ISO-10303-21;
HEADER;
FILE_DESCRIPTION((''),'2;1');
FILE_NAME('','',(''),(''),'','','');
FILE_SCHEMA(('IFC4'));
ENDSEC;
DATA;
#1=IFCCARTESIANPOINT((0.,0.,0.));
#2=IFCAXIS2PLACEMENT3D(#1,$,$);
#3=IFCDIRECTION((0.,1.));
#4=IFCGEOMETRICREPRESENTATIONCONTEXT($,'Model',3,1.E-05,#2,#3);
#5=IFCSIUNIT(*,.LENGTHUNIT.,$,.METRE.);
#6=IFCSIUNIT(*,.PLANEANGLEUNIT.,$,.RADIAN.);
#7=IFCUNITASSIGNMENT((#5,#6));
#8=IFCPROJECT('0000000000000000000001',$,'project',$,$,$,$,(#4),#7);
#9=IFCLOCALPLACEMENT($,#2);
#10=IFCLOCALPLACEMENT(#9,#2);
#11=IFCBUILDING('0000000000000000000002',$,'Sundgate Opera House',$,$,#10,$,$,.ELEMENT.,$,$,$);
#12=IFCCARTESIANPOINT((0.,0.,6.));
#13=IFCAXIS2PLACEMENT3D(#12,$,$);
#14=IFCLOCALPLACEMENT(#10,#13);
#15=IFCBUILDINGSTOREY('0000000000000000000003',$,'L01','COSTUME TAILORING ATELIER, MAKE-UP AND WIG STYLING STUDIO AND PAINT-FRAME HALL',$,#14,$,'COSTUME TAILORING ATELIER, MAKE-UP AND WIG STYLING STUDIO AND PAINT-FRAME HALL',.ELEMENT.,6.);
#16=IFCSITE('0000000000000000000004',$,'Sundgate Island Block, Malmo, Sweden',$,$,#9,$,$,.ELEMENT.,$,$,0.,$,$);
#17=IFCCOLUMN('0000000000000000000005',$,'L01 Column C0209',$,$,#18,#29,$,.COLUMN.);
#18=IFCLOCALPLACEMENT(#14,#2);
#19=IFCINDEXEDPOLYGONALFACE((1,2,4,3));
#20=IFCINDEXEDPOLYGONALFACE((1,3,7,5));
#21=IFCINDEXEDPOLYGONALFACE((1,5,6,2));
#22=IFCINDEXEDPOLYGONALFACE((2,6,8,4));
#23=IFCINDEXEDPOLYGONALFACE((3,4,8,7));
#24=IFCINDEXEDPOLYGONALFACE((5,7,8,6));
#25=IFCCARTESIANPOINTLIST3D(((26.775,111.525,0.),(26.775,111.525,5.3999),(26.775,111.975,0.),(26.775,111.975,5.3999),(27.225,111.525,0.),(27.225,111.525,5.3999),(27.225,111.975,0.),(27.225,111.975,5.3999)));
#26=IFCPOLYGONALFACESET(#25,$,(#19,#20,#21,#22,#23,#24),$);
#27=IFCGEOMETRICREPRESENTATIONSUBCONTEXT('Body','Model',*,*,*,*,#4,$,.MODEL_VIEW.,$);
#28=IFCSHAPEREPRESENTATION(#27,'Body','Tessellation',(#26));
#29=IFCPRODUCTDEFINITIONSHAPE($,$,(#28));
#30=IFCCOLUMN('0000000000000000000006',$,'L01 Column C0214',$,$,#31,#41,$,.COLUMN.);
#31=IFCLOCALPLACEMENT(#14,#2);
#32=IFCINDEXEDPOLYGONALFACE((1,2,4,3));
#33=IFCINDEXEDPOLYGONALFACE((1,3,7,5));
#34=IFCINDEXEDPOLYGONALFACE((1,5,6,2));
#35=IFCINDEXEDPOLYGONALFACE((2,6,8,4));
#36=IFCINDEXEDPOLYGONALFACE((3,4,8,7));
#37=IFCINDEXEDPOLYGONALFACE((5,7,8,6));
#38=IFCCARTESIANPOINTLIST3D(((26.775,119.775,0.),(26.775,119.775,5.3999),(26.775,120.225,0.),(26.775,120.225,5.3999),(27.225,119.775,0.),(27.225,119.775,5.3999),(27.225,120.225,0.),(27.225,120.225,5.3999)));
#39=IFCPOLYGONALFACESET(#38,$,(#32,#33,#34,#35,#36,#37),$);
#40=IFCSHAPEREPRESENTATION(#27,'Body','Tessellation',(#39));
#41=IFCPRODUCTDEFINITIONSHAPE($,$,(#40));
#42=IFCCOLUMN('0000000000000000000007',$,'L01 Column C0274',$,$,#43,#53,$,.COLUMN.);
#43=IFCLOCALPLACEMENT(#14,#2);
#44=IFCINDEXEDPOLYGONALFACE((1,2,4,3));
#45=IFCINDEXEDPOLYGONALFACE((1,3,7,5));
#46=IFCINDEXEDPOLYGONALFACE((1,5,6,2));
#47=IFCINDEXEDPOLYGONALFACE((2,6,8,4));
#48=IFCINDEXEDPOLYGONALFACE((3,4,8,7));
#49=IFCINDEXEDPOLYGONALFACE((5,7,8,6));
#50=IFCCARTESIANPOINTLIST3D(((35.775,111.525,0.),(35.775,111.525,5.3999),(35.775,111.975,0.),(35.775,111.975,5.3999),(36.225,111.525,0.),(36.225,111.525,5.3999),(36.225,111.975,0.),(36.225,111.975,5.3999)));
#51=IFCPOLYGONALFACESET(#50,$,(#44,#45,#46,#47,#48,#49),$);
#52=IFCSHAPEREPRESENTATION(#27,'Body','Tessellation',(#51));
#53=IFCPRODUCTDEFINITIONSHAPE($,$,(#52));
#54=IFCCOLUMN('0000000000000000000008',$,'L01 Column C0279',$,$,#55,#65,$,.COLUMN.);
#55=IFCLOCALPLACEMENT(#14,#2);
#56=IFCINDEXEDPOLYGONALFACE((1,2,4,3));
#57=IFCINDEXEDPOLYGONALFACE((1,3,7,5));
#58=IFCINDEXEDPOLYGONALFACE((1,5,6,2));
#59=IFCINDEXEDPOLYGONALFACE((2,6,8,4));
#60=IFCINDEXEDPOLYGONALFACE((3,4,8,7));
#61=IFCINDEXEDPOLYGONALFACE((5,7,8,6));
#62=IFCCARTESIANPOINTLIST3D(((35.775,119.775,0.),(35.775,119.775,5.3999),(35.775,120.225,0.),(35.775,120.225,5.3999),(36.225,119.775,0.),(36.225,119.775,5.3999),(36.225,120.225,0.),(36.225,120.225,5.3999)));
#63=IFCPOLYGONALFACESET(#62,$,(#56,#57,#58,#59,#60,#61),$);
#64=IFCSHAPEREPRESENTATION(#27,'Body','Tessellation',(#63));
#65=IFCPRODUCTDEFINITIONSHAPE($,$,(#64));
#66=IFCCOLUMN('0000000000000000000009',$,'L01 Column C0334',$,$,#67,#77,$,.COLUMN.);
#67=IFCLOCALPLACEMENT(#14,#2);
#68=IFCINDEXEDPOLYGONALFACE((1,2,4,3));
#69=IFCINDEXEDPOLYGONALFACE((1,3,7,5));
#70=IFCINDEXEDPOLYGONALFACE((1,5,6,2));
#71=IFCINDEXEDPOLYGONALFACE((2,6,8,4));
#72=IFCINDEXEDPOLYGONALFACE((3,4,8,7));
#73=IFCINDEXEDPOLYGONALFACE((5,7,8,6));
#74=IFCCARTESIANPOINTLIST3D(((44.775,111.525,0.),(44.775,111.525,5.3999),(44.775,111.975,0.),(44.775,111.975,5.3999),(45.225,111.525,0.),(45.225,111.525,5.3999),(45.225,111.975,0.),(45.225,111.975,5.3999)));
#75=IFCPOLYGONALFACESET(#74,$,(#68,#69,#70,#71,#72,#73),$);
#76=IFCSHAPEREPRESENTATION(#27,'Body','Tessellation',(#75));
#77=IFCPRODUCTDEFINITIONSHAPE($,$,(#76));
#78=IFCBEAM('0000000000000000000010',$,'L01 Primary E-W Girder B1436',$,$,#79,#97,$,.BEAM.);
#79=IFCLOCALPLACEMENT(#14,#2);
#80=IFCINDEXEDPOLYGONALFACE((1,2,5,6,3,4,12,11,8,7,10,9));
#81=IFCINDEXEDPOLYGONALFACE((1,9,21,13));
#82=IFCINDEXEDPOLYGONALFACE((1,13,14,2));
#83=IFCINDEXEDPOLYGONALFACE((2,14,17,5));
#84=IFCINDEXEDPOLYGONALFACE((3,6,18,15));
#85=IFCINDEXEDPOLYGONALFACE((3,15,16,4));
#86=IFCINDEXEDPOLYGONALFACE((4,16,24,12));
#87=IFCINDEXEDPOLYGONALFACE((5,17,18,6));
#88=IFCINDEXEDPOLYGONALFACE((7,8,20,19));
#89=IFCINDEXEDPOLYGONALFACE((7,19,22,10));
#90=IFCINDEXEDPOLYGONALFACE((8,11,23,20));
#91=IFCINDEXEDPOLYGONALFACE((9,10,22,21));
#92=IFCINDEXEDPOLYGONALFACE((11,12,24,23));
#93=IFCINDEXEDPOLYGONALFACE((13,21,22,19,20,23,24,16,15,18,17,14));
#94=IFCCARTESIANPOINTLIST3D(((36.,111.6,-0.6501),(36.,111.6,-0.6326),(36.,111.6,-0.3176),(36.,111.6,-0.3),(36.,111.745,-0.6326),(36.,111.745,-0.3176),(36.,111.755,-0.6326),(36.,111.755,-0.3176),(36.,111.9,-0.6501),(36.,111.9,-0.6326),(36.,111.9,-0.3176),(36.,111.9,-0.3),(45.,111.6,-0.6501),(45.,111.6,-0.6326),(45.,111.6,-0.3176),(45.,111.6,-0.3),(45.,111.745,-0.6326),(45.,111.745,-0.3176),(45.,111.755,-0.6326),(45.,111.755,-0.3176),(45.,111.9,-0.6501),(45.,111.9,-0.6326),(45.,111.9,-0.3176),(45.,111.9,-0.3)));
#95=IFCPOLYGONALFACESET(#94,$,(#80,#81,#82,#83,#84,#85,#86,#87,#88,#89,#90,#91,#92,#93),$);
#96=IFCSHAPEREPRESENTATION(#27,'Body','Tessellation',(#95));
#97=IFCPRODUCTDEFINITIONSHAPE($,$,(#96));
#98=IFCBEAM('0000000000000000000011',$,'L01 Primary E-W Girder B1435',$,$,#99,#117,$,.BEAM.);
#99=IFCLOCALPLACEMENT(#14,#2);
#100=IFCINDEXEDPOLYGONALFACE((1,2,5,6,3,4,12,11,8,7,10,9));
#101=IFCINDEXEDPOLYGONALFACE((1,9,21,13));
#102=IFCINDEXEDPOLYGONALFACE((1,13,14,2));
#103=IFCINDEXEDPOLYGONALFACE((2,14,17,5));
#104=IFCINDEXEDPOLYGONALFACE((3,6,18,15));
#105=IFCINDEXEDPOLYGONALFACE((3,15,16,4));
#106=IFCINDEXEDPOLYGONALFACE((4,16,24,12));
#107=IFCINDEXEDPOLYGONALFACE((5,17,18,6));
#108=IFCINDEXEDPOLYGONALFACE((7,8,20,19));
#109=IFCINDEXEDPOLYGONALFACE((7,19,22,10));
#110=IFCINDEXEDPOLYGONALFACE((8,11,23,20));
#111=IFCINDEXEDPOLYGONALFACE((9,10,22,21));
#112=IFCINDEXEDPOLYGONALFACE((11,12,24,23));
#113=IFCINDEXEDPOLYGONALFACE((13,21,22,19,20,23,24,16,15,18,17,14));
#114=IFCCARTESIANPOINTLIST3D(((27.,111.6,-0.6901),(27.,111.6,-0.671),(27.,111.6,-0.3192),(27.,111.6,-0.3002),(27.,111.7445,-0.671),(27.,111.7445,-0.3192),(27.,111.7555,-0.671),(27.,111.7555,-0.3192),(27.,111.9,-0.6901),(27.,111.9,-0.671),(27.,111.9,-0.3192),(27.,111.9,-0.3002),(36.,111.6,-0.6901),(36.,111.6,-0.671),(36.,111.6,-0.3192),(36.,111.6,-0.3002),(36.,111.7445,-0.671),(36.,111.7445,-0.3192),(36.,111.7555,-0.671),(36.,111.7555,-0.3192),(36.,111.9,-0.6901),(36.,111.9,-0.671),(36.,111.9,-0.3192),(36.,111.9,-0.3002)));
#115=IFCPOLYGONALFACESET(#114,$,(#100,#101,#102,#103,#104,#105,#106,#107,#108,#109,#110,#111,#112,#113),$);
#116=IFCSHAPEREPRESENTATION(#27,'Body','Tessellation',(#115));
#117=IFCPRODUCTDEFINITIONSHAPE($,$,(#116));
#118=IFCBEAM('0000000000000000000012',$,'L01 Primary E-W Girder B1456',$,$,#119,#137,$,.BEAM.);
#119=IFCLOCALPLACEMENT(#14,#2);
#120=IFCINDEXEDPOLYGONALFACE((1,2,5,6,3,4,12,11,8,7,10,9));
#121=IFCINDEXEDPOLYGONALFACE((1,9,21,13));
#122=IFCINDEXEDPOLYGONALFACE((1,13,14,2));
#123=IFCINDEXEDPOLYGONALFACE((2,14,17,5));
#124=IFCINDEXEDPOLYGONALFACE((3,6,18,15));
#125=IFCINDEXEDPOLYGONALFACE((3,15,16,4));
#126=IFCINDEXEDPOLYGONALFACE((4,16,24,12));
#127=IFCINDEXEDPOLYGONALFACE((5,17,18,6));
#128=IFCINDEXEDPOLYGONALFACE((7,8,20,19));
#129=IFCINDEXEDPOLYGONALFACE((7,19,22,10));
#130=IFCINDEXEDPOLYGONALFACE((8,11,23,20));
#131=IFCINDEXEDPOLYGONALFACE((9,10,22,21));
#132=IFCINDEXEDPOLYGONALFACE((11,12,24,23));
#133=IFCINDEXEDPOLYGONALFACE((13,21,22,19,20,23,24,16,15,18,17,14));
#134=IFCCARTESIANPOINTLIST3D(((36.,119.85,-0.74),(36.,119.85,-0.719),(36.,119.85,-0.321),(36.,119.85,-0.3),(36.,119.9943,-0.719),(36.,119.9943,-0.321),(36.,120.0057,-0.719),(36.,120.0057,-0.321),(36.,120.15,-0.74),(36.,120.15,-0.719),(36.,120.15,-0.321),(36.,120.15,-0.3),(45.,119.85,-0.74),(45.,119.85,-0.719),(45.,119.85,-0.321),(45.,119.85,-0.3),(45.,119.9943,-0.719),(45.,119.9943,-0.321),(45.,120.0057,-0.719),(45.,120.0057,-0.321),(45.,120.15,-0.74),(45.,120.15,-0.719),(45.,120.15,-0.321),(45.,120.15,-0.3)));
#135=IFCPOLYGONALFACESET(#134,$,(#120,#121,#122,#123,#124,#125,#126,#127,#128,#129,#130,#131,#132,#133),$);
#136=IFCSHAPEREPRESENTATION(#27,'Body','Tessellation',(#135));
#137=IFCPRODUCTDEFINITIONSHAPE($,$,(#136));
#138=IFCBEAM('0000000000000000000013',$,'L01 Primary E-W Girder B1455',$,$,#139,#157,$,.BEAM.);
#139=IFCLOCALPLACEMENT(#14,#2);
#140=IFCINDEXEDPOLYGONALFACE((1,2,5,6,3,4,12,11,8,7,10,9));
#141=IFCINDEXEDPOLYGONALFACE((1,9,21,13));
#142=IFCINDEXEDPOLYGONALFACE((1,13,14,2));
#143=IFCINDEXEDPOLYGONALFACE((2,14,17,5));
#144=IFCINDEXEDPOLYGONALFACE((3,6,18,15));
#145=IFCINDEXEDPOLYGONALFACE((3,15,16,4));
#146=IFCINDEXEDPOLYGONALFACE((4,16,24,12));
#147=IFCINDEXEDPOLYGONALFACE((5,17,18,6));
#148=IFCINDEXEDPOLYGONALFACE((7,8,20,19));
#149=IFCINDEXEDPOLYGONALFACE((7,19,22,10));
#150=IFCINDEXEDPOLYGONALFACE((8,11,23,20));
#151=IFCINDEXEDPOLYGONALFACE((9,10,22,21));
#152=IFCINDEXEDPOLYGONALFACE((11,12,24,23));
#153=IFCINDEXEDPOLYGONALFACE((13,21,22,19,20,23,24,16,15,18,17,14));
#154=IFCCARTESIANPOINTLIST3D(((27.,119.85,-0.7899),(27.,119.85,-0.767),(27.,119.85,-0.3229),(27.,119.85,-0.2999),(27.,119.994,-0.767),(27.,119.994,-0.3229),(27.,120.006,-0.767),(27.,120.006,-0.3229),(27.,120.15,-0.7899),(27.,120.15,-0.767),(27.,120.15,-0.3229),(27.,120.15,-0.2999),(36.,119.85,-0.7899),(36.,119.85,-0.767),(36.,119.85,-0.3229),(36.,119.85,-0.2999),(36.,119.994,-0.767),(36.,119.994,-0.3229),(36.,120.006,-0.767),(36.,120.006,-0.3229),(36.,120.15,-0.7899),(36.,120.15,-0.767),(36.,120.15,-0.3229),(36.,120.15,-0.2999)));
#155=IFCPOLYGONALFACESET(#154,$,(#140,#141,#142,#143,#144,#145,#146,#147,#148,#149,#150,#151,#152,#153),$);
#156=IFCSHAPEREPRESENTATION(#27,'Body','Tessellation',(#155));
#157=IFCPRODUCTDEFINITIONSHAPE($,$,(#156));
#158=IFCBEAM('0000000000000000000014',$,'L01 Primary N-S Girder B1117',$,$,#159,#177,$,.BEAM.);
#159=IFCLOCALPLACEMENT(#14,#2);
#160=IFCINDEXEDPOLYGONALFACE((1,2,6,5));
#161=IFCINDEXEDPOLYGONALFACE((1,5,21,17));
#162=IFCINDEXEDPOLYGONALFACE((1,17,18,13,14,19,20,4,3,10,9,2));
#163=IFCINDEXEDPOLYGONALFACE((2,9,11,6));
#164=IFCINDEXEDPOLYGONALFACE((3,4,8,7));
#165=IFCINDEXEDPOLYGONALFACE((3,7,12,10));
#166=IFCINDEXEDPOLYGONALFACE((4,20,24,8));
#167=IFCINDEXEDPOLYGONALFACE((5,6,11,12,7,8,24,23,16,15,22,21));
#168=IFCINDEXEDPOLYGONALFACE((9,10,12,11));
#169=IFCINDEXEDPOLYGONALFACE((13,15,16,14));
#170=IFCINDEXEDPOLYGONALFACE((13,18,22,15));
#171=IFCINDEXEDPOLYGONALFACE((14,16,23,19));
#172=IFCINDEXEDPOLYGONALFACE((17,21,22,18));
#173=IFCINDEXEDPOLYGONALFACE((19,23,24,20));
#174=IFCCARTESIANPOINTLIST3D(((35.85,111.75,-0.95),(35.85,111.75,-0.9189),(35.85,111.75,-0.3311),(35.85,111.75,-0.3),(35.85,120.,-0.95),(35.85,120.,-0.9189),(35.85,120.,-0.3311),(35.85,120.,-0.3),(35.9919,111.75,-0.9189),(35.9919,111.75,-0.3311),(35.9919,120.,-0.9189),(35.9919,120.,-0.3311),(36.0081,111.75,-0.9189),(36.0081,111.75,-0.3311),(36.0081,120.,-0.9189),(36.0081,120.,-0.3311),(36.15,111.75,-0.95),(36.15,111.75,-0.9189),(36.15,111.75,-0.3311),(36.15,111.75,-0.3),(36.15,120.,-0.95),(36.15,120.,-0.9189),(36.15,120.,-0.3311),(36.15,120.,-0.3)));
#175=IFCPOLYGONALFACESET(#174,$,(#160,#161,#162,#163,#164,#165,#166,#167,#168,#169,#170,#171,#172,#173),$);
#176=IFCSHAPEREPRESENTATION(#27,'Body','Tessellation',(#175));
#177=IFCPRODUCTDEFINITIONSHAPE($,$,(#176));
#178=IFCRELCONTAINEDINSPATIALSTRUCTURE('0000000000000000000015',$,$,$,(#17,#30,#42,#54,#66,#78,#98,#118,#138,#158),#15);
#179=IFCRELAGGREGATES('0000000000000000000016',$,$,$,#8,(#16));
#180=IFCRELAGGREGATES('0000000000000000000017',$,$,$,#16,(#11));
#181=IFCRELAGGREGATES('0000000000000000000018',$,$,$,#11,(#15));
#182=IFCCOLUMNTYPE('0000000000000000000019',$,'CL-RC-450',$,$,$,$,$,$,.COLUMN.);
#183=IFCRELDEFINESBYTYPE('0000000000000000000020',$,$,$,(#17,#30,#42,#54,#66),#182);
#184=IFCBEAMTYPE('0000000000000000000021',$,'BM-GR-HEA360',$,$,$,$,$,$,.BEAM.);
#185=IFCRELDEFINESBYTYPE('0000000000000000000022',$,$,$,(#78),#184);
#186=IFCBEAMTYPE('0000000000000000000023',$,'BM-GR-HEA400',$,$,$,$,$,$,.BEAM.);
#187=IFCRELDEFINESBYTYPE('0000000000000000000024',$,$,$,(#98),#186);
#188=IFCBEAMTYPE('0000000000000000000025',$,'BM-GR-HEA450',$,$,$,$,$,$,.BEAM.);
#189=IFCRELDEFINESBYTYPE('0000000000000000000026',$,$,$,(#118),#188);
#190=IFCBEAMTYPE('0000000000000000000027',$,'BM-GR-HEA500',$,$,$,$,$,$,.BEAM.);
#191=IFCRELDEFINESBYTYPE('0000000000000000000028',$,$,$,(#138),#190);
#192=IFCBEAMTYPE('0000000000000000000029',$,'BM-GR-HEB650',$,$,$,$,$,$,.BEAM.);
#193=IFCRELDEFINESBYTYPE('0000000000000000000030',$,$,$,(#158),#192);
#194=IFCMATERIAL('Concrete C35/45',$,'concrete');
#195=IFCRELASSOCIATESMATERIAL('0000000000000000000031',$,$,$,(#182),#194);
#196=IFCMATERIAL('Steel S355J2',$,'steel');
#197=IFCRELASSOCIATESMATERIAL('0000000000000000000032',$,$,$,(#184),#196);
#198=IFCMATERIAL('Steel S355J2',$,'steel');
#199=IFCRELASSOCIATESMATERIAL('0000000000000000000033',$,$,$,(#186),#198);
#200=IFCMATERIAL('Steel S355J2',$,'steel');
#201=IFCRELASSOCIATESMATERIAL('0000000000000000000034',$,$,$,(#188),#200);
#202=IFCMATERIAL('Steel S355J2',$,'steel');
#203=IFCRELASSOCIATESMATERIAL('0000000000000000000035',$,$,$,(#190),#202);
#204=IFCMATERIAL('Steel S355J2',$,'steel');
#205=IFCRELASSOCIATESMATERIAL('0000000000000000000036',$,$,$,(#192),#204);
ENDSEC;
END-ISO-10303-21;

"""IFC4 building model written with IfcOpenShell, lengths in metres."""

from ifc_helpers import new_model, si_unit, direction, frame, origin, origin_2d, place, context, subcontext, project, spatial, rectangle, i_section, extrude, material, material_profile, profile_set, type_object, element, save


model = new_model("IFC4")

# Units and contexts
model_context = context("Model", 3, precision=1e-05, world=origin(), true_north=direction((0.0, 1.0)))
body_context = subcontext(model_context, "Body", "Model", "MODEL_VIEW")
ifc_project = project(units=[si_unit("LENGTHUNIT", "METRE"), si_unit("PLANEANGLEUNIT", "RADIAN")], contexts=[model_context])

# Site, building, storey
site_placement = place(None, origin())
site = spatial("IfcSite", under=ifc_project, at=site_placement, Name="Sundgate Island Block, Malmo, Sweden", CompositionType="ELEMENT", RefElevation=0.0)
building_placement = place(site_placement, origin())
building = spatial("IfcBuilding", under=site, at=building_placement, Name="Sundgate Opera House", CompositionType="ELEMENT")
storey_placement = place(building_placement, frame((0.0, 0.0, 6.0)))
storey = spatial("IfcBuildingStorey", under=building, at=storey_placement, Name="L01", Description="COSTUME TAILORING ATELIER, MAKE-UP AND WIG STYLING STUDIO AND PAINT-FRAME HALL", LongName="COSTUME TAILORING ATELIER, MAKE-UP AND WIG STYLING STUDIO AND PAINT-FRAME HALL", CompositionType="ELEMENT", Elevation=6.0)

# Columns
ifc_material_1 = material(Name="Concrete C35/45", Category="concrete")
ifc_material_profile_1 = material_profile(ifc_material_1, rectangle(XDim=0.45, YDim=0.45, at=origin_2d()), Name="RC 450x450")
ifc_profile_set_1 = profile_set([ifc_material_profile_1], Name="Concrete C35/45")
column_type = type_object("IfcColumnType", Name="CL-RC-450", PredefinedType="COLUMN", material=ifc_profile_set_1)
for number, where, z_axis, x_axis, name in (
    (1, (27.0, 111.75, 0.0), (0.0, 0.0, 1.0), (1.0, 0.0, 0.0), "L01 Column C0209"),
    (2, (27.0, 120.0, 0.0), (0.0, 0.0, 1.0), (1.0, 0.0, 0.0), "L01 Column C0214"),
    (3, (36.0, 111.75, 0.0), (0.0, 0.0, 1.0), (1.0, 0.0, 0.0), "L01 Column C0274"),
    (4, (36.0, 120.0, 0.0), (0.0, 0.0, 1.0), (1.0, 0.0, 0.0), "L01 Column C0279"),
    (5, (45.0, 111.75, 0.0), (0.0, 0.0, 1.0), (1.0, 0.0, 0.0), "L01 Column C0334"),
):
    element("IfcColumn", number, at=place(storey_placement, frame(where, z_axis=z_axis, x_axis=x_axis)), inside=storey, type_object=column_type, Name=name, PredefinedType="COLUMN", context=body_context, shape_type="SweptSolid", body=[
        extrude(rectangle(XDim=0.45, YDim=0.45, at=origin_2d()), origin(), (0.0, 0.0, 1.0), 5.3999),
    ])

# Beams
ifc_material_2 = material(Name="Steel S355J2", Category="steel")
ifc_material_profile_2 = material_profile(ifc_material_2, i_section(OverallWidth=0.3, OverallDepth=0.3501, WebThickness=0.01, FlangeThickness=0.0176, at=origin_2d()), Name="HEA 360")
ifc_profile_set_2 = profile_set([ifc_material_profile_2], Name="Steel S355J2")
beam_type_1 = type_object("IfcBeamType", Name="BM-GR-HEA360", PredefinedType="BEAM", material=ifc_profile_set_2)
beam_1_placement = place(storey_placement, frame((36.0, 111.75, -0.4751), z_axis=(1.0, 0.0, 0.0), x_axis=(0.0, 1.0, 0.0)))
element("IfcBeam", 6, at=beam_1_placement, inside=storey, type_object=beam_type_1, Name="L01 Primary E-W Girder B1436", PredefinedType="BEAM", context=body_context, shape_type="SweptSolid", body=[
    extrude(i_section(OverallWidth=0.3, OverallDepth=0.3501, WebThickness=0.01, FlangeThickness=0.0176, at=origin_2d()), origin(), (0.0, 0.0, 1.0), 9.0),
])
ifc_material_3 = material(Name="Steel S355J2", Category="steel")
ifc_material_profile_3 = material_profile(ifc_material_3, i_section(OverallWidth=0.3, OverallDepth=0.3899, WebThickness=0.011, FlangeThickness=0.019, at=origin_2d()), Name="HEA 400")
ifc_profile_set_3 = profile_set([ifc_material_profile_3], Name="Steel S355J2")
beam_type_2 = type_object("IfcBeamType", Name="BM-GR-HEA400", PredefinedType="BEAM", material=ifc_profile_set_3)
beam_2_placement = place(storey_placement, frame((27.0, 111.75, -0.4951), z_axis=(1.0, 0.0, 0.0), x_axis=(0.0, 1.0, 0.0)))
element("IfcBeam", 7, at=beam_2_placement, inside=storey, type_object=beam_type_2, Name="L01 Primary E-W Girder B1435", PredefinedType="BEAM", context=body_context, shape_type="SweptSolid", body=[
    extrude(i_section(OverallWidth=0.3, OverallDepth=0.3899, WebThickness=0.011, FlangeThickness=0.019, at=origin_2d()), origin(), (0.0, 0.0, 1.0), 9.0),
])
ifc_material_4 = material(Name="Steel S355J2", Category="steel")
ifc_material_profile_4 = material_profile(ifc_material_4, i_section(OverallWidth=0.3, OverallDepth=0.4399, WebThickness=0.0115, FlangeThickness=0.021, at=origin_2d()), Name="HEA 450")
ifc_profile_set_4 = profile_set([ifc_material_profile_4], Name="Steel S355J2")
beam_type_3 = type_object("IfcBeamType", Name="BM-GR-HEA450", PredefinedType="BEAM", material=ifc_profile_set_4)
beam_3_placement = place(storey_placement, frame((36.0, 120.0, -0.52), z_axis=(1.0, 0.0, 0.0), x_axis=(0.0, 1.0, 0.0)))
element("IfcBeam", 8, at=beam_3_placement, inside=storey, type_object=beam_type_3, Name="L01 Primary E-W Girder B1456", PredefinedType="BEAM", context=body_context, shape_type="SweptSolid", body=[
    extrude(i_section(OverallWidth=0.3, OverallDepth=0.4399, WebThickness=0.0115, FlangeThickness=0.021, at=origin_2d()), origin(), (0.0, 0.0, 1.0), 9.0),
])
ifc_material_5 = material(Name="Steel S355J2", Category="steel")
ifc_material_profile_5 = material_profile(ifc_material_5, i_section(OverallWidth=0.3, OverallDepth=0.49, WebThickness=0.012, FlangeThickness=0.0229, at=origin_2d()), Name="HEA 500")
ifc_profile_set_5 = profile_set([ifc_material_profile_5], Name="Steel S355J2")
beam_type_4 = type_object("IfcBeamType", Name="BM-GR-HEA500", PredefinedType="BEAM", material=ifc_profile_set_5)
beam_4_placement = place(storey_placement, frame((27.0, 120.0, -0.5449), z_axis=(1.0, 0.0, 0.0), x_axis=(0.0, 1.0, 0.0)))
element("IfcBeam", 9, at=beam_4_placement, inside=storey, type_object=beam_type_4, Name="L01 Primary E-W Girder B1455", PredefinedType="BEAM", context=body_context, shape_type="SweptSolid", body=[
    extrude(i_section(OverallWidth=0.3, OverallDepth=0.49, WebThickness=0.012, FlangeThickness=0.0229, at=origin_2d()), origin(), (0.0, 0.0, 1.0), 9.0),
])
ifc_material_6 = material(Name="Steel S355J2", Category="steel")
ifc_material_profile_6 = material_profile(ifc_material_6, i_section(OverallWidth=0.3, OverallDepth=0.6499, WebThickness=0.0161, FlangeThickness=0.031, at=origin_2d()), Name="HEB 650")
ifc_profile_set_6 = profile_set([ifc_material_profile_6], Name="Steel S355J2")
beam_type_5 = type_object("IfcBeamType", Name="BM-GR-HEB650", PredefinedType="BEAM", material=ifc_profile_set_6)
beam_5_placement = place(storey_placement, frame((36.0, 111.75, -0.625), z_axis=(0.0, 1.0, 0.0), x_axis=(-1.0, 0.0, 0.0)))
element("IfcBeam", 10, at=beam_5_placement, inside=storey, type_object=beam_type_5, Name="L01 Primary N-S Girder B1117", PredefinedType="BEAM", context=body_context, shape_type="SweptSolid", body=[
    extrude(i_section(OverallWidth=0.3, OverallDepth=0.6499, WebThickness=0.0161, FlangeThickness=0.031, at=origin_2d()), origin(), (0.0, 0.0, 1.0), 8.25),
])

save(model, "model.ifc")
